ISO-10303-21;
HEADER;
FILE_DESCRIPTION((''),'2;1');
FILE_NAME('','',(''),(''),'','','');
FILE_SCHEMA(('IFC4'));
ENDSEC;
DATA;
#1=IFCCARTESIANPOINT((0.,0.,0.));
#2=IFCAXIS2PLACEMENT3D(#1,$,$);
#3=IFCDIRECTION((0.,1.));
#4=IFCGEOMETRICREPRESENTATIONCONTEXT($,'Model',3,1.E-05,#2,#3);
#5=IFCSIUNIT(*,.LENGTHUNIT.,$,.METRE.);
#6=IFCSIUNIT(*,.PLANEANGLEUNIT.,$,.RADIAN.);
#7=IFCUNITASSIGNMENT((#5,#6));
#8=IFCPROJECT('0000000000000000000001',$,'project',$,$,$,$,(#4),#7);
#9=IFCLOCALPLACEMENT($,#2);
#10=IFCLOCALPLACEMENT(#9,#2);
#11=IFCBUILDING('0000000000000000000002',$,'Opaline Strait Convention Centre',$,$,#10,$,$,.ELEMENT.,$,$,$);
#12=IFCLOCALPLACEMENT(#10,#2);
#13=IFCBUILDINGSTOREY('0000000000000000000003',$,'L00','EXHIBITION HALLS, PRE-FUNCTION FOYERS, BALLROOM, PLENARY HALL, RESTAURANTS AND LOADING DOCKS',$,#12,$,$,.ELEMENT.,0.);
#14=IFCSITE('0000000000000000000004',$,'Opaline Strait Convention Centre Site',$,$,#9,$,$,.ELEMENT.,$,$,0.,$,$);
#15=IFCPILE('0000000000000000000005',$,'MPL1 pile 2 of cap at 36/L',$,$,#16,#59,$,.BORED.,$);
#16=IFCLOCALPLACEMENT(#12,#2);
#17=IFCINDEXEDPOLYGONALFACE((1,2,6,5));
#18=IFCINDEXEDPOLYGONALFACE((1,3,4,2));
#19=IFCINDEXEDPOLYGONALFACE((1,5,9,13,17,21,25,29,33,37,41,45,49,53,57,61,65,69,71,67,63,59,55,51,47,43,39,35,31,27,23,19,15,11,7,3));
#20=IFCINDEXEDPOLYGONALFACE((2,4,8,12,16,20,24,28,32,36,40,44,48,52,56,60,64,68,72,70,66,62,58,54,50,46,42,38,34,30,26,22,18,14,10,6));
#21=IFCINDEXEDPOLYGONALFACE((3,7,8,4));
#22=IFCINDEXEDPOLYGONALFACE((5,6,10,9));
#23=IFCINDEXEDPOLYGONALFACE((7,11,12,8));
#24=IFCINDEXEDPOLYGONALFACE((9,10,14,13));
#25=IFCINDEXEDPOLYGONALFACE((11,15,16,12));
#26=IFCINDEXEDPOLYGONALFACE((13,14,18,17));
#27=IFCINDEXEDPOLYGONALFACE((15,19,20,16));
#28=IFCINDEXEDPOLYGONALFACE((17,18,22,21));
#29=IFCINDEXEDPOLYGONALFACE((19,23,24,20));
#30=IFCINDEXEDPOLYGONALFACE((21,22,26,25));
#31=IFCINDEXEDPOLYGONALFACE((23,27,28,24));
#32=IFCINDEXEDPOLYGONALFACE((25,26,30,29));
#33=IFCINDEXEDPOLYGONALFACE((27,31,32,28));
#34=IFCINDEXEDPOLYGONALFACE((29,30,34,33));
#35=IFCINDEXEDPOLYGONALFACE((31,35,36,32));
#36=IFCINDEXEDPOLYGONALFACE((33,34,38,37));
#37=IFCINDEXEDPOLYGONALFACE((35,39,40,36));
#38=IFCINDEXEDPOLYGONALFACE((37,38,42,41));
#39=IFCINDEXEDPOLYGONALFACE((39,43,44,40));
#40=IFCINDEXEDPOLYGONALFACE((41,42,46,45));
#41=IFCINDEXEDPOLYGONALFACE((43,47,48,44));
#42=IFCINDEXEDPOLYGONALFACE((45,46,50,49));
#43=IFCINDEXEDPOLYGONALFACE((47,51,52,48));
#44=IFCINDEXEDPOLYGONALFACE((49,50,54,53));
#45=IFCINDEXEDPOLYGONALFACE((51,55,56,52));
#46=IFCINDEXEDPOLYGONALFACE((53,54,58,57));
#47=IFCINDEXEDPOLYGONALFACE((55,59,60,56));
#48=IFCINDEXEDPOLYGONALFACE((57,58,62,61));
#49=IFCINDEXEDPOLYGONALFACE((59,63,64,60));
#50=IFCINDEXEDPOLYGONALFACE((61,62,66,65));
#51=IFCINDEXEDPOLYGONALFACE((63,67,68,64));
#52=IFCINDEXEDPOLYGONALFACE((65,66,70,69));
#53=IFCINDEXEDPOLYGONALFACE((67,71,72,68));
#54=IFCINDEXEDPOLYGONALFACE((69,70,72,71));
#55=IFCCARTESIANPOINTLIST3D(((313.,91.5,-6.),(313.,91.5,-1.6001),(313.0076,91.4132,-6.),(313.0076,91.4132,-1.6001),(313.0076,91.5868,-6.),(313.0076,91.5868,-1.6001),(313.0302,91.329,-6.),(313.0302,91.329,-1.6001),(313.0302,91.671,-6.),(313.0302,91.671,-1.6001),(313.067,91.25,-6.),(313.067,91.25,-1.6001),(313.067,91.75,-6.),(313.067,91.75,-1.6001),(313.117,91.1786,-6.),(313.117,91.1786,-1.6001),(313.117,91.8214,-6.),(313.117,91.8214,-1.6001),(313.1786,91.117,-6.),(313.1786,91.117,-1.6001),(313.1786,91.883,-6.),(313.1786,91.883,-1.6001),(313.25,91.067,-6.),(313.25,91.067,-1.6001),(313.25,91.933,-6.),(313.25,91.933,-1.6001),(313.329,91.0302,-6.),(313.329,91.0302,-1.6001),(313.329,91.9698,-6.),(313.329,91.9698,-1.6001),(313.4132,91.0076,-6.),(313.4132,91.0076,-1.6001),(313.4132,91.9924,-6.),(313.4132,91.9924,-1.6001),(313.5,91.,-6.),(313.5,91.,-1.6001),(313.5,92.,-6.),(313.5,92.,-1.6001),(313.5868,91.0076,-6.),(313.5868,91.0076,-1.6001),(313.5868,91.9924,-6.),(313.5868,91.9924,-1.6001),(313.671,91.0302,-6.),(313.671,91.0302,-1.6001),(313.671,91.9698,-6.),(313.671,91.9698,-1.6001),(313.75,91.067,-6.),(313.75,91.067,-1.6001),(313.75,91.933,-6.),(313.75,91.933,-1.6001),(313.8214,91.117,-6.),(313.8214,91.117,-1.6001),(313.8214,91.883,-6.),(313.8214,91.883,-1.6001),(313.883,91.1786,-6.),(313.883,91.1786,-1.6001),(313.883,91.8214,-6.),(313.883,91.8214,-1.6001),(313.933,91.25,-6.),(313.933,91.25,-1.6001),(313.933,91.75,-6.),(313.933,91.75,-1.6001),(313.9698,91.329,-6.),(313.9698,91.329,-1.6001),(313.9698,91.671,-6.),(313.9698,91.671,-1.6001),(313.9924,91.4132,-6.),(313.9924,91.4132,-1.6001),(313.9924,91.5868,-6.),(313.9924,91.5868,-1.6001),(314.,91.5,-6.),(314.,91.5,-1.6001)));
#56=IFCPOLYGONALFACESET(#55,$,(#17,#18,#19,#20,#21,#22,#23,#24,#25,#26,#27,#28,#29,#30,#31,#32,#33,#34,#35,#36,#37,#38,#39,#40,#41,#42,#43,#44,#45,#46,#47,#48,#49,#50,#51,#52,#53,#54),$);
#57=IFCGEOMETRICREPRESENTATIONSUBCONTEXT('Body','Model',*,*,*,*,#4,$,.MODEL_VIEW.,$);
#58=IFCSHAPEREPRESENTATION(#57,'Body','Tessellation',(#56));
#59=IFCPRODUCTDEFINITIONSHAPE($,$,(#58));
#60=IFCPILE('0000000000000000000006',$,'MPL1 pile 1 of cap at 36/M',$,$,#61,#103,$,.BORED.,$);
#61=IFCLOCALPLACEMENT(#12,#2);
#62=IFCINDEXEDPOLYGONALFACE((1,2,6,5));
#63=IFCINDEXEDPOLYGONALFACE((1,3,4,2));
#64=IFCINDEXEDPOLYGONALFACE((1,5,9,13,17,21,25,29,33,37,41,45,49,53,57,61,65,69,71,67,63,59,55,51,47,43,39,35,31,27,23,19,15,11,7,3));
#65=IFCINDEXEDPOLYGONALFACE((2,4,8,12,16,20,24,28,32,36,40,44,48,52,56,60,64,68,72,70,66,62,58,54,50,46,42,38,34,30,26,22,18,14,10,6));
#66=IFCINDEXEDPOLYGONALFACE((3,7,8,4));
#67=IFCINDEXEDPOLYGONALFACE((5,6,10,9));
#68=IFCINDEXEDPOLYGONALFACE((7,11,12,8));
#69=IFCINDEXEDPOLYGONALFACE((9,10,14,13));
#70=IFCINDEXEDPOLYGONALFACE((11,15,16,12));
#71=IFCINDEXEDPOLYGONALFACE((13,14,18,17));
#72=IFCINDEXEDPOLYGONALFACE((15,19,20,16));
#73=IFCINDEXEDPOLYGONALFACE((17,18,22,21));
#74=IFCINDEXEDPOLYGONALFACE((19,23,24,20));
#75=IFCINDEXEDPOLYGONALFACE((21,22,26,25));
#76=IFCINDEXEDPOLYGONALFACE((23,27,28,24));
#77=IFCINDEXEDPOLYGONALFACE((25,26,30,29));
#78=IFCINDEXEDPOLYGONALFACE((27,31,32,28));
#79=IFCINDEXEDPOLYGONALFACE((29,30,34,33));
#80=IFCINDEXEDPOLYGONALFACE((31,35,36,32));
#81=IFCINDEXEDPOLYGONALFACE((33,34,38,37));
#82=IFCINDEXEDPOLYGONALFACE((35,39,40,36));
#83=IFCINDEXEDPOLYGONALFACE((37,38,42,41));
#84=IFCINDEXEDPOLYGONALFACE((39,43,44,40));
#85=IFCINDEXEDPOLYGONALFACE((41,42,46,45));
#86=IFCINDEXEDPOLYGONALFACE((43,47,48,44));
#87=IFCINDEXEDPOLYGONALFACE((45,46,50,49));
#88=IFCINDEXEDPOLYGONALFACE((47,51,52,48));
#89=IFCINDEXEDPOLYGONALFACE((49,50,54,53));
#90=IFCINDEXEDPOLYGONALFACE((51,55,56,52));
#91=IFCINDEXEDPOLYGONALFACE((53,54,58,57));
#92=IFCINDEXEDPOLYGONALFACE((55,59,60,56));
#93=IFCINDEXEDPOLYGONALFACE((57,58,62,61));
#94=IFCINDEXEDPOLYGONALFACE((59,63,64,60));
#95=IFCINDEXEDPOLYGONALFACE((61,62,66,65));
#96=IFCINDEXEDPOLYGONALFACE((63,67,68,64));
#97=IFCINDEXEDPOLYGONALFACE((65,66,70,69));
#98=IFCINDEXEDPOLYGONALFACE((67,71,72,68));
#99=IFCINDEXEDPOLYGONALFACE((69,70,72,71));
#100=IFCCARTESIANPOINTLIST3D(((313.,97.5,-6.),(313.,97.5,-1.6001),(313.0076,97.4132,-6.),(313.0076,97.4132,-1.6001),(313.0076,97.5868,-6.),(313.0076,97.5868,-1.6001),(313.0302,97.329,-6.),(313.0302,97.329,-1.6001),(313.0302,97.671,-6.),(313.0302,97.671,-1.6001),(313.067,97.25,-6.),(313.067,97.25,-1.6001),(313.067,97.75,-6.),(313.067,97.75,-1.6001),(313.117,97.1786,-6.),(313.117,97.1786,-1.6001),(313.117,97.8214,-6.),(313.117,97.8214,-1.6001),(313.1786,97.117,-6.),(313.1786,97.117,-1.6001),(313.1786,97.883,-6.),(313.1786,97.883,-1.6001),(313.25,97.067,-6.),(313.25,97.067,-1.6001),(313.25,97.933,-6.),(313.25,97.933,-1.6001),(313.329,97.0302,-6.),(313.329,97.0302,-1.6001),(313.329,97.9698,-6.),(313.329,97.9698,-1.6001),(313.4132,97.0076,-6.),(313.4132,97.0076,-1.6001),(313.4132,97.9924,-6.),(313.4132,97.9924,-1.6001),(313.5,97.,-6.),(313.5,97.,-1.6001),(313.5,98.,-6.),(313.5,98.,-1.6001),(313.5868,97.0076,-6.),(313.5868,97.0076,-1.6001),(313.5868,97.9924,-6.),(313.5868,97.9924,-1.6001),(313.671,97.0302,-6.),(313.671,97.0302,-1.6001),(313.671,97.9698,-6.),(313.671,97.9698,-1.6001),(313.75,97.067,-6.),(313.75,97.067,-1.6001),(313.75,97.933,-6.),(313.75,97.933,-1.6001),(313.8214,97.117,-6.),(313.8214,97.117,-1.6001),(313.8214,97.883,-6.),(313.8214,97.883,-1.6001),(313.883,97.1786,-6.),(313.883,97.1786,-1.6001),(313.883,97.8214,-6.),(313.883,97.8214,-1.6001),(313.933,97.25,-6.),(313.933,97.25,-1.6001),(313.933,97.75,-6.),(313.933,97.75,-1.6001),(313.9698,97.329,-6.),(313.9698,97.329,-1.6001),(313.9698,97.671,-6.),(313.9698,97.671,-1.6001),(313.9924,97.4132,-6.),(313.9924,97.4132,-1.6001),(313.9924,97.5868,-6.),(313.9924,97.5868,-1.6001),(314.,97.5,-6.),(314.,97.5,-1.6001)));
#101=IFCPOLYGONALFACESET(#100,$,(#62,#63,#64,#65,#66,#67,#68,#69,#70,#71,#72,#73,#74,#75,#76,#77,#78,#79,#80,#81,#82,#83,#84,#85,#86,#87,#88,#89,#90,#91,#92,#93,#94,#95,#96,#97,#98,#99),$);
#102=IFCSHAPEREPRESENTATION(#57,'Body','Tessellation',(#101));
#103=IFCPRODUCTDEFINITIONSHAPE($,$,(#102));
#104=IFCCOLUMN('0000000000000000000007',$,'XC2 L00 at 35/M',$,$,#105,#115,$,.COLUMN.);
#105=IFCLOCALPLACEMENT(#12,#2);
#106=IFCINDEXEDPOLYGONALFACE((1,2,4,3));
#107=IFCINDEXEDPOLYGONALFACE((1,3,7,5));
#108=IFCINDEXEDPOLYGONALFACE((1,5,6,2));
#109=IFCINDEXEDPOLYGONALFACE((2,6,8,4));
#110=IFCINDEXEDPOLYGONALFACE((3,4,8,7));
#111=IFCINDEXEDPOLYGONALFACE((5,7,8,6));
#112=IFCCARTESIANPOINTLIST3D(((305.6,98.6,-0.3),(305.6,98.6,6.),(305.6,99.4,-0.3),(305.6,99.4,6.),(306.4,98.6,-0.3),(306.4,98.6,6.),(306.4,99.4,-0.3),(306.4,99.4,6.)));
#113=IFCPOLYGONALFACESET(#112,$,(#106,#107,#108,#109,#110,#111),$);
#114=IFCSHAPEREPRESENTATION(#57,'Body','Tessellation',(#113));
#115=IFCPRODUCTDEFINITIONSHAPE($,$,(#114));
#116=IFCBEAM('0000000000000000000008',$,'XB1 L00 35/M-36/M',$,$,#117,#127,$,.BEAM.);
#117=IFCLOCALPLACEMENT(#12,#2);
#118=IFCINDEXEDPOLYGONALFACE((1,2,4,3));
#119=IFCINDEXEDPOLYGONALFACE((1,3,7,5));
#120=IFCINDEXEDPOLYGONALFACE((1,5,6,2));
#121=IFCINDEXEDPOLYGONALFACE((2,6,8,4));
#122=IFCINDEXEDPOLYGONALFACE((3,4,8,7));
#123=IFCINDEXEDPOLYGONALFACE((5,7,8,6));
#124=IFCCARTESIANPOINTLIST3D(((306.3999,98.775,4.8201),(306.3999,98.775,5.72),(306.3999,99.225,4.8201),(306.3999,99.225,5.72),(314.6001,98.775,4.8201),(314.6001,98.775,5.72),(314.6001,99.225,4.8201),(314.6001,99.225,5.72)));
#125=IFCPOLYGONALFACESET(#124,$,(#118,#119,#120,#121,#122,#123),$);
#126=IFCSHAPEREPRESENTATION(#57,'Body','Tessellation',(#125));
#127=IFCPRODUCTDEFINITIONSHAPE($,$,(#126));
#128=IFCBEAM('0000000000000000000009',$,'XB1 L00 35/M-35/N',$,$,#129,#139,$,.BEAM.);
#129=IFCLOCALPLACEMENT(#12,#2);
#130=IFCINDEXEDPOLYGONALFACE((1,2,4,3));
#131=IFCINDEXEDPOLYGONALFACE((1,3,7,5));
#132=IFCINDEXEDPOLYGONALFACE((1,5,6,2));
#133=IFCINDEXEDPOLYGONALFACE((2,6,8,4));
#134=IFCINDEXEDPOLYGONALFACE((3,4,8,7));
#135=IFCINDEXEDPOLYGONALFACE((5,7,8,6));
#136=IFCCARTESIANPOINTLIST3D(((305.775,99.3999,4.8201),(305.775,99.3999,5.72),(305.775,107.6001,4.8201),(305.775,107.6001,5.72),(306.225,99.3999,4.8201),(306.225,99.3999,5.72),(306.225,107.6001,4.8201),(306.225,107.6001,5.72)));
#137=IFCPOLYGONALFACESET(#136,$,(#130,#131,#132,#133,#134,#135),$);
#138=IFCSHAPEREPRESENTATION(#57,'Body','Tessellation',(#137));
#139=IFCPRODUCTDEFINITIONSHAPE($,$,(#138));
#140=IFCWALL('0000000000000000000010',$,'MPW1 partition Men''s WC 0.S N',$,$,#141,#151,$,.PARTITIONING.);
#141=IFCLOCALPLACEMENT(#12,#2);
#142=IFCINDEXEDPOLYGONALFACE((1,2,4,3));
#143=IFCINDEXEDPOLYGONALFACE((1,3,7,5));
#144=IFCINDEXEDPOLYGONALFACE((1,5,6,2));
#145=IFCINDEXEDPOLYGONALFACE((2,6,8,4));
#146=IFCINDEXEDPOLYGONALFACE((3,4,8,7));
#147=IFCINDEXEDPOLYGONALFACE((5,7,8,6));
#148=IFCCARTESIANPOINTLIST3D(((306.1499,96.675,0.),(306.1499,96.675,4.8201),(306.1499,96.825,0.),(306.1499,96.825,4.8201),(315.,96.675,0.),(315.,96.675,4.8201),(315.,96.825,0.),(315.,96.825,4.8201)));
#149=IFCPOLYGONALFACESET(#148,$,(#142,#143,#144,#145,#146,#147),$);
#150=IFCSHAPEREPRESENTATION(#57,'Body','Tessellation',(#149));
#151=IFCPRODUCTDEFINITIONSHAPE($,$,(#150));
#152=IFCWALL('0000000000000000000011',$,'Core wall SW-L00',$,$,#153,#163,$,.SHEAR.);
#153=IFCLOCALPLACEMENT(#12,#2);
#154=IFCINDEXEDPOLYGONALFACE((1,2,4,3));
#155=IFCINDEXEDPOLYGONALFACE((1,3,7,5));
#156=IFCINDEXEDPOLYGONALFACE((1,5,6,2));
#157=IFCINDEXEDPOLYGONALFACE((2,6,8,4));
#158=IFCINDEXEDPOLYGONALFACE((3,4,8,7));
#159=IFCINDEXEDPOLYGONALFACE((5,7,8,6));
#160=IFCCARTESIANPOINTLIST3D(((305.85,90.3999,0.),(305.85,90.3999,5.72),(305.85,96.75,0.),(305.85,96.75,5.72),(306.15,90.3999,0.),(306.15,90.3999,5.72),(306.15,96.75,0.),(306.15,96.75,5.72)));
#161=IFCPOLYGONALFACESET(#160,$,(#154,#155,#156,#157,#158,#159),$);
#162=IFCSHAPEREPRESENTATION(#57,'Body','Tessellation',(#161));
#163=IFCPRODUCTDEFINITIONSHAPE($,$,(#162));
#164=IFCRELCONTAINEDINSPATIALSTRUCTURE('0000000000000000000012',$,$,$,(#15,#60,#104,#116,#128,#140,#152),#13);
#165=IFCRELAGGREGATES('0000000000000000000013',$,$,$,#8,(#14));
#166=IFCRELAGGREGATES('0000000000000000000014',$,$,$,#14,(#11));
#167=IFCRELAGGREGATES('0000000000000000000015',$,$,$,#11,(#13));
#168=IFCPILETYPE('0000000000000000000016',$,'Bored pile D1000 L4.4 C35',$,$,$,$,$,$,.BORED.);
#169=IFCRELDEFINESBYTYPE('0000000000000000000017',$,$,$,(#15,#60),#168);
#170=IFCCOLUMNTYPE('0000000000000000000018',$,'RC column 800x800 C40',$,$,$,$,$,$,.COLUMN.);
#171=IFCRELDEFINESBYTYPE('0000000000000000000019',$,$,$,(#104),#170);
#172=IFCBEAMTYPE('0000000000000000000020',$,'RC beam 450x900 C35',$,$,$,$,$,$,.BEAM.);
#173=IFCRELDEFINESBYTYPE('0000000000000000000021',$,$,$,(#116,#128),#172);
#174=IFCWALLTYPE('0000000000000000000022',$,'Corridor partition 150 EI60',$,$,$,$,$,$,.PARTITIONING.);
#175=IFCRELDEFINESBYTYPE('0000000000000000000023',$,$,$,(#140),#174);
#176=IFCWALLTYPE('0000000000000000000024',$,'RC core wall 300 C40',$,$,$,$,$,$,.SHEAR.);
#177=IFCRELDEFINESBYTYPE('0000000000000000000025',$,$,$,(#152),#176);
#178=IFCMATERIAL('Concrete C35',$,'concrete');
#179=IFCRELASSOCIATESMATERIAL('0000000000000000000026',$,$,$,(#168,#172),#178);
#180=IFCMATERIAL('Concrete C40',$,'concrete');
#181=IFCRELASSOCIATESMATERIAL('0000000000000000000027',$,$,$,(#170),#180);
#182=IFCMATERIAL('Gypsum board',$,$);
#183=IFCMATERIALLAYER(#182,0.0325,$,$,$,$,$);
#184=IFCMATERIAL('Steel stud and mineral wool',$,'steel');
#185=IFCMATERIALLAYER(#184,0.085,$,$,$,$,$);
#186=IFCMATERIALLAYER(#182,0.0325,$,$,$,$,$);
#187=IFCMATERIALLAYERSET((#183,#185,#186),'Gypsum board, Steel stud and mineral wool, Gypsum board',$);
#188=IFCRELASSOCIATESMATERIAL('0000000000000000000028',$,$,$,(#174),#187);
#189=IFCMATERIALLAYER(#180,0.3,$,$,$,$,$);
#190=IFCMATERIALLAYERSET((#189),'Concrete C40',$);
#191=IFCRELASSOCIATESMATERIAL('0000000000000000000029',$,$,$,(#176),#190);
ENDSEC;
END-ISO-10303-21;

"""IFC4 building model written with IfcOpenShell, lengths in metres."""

from ifc_helpers import new_model, si_unit, direction, frame, frame_2d, origin, origin_2d, place, context, subcontext, project, spatial, rectangle, circle, extrude, material, layer, layer_set, material_profile, profile_set, type_object, element, save


model = new_model("IFC4")

# Units and contexts
model_context = context("Model", 3, precision=1e-05, world=origin(), true_north=direction((0.0, 1.0)))
body_context = subcontext(model_context, "Body", "Model", "MODEL_VIEW")
ifc_project = project(units=[si_unit("LENGTHUNIT", "METRE"), si_unit("PLANEANGLEUNIT", "RADIAN")], contexts=[model_context])

# Site, building, storey
site_placement = place(None, origin())
site = spatial("IfcSite", under=ifc_project, at=site_placement, Name="Opaline Strait Convention Centre Site", CompositionType="ELEMENT", RefElevation=0.0)
building_placement = place(site_placement, origin())
building = spatial("IfcBuilding", under=site, at=building_placement, Name="Opaline Strait Convention Centre", CompositionType="ELEMENT")
storey_placement = place(building_placement, origin())
storey = spatial("IfcBuildingStorey", under=building, at=storey_placement, Name="L00", Description="EXHIBITION HALLS, PRE-FUNCTION FOYERS, BALLROOM, PLENARY HALL, RESTAURANTS AND LOADING DOCKS", CompositionType="ELEMENT", Elevation=0.0)

# Piles
ifc_material_1 = material(Name="Concrete C35", Category="concrete")
ifc_material_profile_1 = material_profile(ifc_material_1, circle(Radius=0.5, at=origin_2d()), Name="D1000")
ifc_profile_set_1 = profile_set([ifc_material_profile_1], Name="Concrete C35")
pile_type = type_object("IfcPileType", Name="Bored pile D1000 L4.4 C35", PredefinedType="BORED", material=ifc_profile_set_1)
for number, where, z_axis, x_axis, name in (
    (1, (313.5, 91.5, -1.6001), (0.0, 0.0, -1.0), (1.0, 0.0, 0.0), "MPL1 pile 2 of cap at 36/L"),
    (2, (313.5, 97.5, -1.6001), (0.0, 0.0, -1.0), (1.0, 0.0, 0.0), "MPL1 pile 1 of cap at 36/M"),
):
    element("IfcPile", number, at=place(storey_placement, frame(where, z_axis=z_axis, x_axis=x_axis)), inside=storey, type_object=pile_type, Name=name, PredefinedType="BORED", context=body_context, shape_type="SweptSolid", body=[
        extrude(circle(Radius=0.5, at=origin_2d()), origin(), (0.0, 0.0, 1.0), 4.3999),
    ])

# Column
ifc_material_2 = material(Name="Concrete C40", Category="concrete")
ifc_material_profile_2 = material_profile(ifc_material_2, rectangle(XDim=0.8, YDim=0.8, at=origin_2d()), Name="RC 800x800")
ifc_profile_set_2 = profile_set([ifc_material_profile_2], Name="Concrete C40")
column_type = type_object("IfcColumnType", Name="RC column 800x800 C40", PredefinedType="COLUMN", material=ifc_profile_set_2)
column_placement = place(storey_placement, frame((306.0, 99.0, -0.3), z_axis=(0.0, 0.0, 1.0), x_axis=(1.0, 0.0, 0.0)))
element("IfcColumn", 3, at=column_placement, inside=storey, type_object=column_type, Name="XC2 L00 at 35/M", PredefinedType="COLUMN", context=body_context, shape_type="SweptSolid", body=[
    extrude(rectangle(XDim=0.8, YDim=0.8, at=origin_2d()), origin(), (0.0, 0.0, 1.0), 6.3),
])

# Beams
ifc_material_profile_3 = material_profile(ifc_material_1, rectangle(XDim=0.45, YDim=0.8999, at=origin_2d()), Name="RC 450x900")
ifc_profile_set_3 = profile_set([ifc_material_profile_3], Name="Concrete C35")
beam_type = type_object("IfcBeamType", Name="RC beam 450x900 C35", PredefinedType="BEAM", material=ifc_profile_set_3)
for number, where, z_axis, x_axis, name in (
    (4, (306.3999, 99.0, 5.27), (1.0, 0.0, 0.0), (0.0, 1.0, 0.0), "XB1 L00 35/M-36/M"),
    (5, (306.0, 99.3999, 5.27), (0.0, 1.0, 0.0), (-1.0, 0.0, 0.0), "XB1 L00 35/M-35/N"),
):
    element("IfcBeam", number, at=place(storey_placement, frame(where, z_axis=z_axis, x_axis=x_axis)), inside=storey, type_object=beam_type, Name=name, PredefinedType="BEAM", context=body_context, shape_type="SweptSolid", body=[
        extrude(rectangle(XDim=0.45, YDim=0.8999, at=origin_2d()), origin(), (0.0, 0.0, 1.0), 8.2002),
    ])

# Walls
ifc_material_3 = material(Name="Gypsum board")
ifc_layer_1 = layer(ifc_material_3, 0.0325)
ifc_material_4 = material(Name="Steel stud and mineral wool", Category="steel")
ifc_layer_2 = layer(ifc_material_4, 0.085)
ifc_layer_3 = layer(ifc_material_3, 0.0325)
ifc_layer_set_1 = layer_set([ifc_layer_1, ifc_layer_2, ifc_layer_3], Name="Gypsum board, Steel stud and mineral wool, Gypsum board")
wall_type_1 = type_object("IfcWallType", Name="Corridor partition 150 EI60", PredefinedType="PARTITIONING", material=ifc_layer_set_1)
wall_1_placement = place(storey_placement, frame((306.1499, 96.75, 0.0), z_axis=(0.0, 0.0, 1.0), x_axis=(1.0, 0.0, 0.0)))
element("IfcWall", 6, at=wall_1_placement, inside=storey, type_object=wall_type_1, Name="MPW1 partition Men's WC 0.S N", PredefinedType="PARTITIONING", context=body_context, shape_type="SweptSolid", body=[
    extrude(rectangle(XDim=8.8501, YDim=0.1499, at=frame_2d((4.425, 0.0))), origin(), (0.0, 0.0, 1.0), 4.8201),
])
ifc_layer_4 = layer(ifc_material_2, 0.3)
ifc_layer_set_2 = layer_set([ifc_layer_4], Name="Concrete C40")
wall_type_2 = type_object("IfcWallType", Name="RC core wall 300 C40", PredefinedType="SHEAR", material=ifc_layer_set_2)
wall_2_placement = place(storey_placement, frame((306.0, 90.3999, 0.0), z_axis=(0.0, 0.0, 1.0), x_axis=(0.0, 1.0, 0.0)))
element("IfcWall", 7, at=wall_2_placement, inside=storey, type_object=wall_type_2, Name="Core wall SW-L00", PredefinedType="SHEAR", context=body_context, shape_type="SweptSolid", body=[
    extrude(rectangle(XDim=6.3501, YDim=0.3, at=frame_2d((3.175, 0.0))), origin(), (0.0, 0.0, 1.0), 5.72),
])

save(model, "model.ifc")
